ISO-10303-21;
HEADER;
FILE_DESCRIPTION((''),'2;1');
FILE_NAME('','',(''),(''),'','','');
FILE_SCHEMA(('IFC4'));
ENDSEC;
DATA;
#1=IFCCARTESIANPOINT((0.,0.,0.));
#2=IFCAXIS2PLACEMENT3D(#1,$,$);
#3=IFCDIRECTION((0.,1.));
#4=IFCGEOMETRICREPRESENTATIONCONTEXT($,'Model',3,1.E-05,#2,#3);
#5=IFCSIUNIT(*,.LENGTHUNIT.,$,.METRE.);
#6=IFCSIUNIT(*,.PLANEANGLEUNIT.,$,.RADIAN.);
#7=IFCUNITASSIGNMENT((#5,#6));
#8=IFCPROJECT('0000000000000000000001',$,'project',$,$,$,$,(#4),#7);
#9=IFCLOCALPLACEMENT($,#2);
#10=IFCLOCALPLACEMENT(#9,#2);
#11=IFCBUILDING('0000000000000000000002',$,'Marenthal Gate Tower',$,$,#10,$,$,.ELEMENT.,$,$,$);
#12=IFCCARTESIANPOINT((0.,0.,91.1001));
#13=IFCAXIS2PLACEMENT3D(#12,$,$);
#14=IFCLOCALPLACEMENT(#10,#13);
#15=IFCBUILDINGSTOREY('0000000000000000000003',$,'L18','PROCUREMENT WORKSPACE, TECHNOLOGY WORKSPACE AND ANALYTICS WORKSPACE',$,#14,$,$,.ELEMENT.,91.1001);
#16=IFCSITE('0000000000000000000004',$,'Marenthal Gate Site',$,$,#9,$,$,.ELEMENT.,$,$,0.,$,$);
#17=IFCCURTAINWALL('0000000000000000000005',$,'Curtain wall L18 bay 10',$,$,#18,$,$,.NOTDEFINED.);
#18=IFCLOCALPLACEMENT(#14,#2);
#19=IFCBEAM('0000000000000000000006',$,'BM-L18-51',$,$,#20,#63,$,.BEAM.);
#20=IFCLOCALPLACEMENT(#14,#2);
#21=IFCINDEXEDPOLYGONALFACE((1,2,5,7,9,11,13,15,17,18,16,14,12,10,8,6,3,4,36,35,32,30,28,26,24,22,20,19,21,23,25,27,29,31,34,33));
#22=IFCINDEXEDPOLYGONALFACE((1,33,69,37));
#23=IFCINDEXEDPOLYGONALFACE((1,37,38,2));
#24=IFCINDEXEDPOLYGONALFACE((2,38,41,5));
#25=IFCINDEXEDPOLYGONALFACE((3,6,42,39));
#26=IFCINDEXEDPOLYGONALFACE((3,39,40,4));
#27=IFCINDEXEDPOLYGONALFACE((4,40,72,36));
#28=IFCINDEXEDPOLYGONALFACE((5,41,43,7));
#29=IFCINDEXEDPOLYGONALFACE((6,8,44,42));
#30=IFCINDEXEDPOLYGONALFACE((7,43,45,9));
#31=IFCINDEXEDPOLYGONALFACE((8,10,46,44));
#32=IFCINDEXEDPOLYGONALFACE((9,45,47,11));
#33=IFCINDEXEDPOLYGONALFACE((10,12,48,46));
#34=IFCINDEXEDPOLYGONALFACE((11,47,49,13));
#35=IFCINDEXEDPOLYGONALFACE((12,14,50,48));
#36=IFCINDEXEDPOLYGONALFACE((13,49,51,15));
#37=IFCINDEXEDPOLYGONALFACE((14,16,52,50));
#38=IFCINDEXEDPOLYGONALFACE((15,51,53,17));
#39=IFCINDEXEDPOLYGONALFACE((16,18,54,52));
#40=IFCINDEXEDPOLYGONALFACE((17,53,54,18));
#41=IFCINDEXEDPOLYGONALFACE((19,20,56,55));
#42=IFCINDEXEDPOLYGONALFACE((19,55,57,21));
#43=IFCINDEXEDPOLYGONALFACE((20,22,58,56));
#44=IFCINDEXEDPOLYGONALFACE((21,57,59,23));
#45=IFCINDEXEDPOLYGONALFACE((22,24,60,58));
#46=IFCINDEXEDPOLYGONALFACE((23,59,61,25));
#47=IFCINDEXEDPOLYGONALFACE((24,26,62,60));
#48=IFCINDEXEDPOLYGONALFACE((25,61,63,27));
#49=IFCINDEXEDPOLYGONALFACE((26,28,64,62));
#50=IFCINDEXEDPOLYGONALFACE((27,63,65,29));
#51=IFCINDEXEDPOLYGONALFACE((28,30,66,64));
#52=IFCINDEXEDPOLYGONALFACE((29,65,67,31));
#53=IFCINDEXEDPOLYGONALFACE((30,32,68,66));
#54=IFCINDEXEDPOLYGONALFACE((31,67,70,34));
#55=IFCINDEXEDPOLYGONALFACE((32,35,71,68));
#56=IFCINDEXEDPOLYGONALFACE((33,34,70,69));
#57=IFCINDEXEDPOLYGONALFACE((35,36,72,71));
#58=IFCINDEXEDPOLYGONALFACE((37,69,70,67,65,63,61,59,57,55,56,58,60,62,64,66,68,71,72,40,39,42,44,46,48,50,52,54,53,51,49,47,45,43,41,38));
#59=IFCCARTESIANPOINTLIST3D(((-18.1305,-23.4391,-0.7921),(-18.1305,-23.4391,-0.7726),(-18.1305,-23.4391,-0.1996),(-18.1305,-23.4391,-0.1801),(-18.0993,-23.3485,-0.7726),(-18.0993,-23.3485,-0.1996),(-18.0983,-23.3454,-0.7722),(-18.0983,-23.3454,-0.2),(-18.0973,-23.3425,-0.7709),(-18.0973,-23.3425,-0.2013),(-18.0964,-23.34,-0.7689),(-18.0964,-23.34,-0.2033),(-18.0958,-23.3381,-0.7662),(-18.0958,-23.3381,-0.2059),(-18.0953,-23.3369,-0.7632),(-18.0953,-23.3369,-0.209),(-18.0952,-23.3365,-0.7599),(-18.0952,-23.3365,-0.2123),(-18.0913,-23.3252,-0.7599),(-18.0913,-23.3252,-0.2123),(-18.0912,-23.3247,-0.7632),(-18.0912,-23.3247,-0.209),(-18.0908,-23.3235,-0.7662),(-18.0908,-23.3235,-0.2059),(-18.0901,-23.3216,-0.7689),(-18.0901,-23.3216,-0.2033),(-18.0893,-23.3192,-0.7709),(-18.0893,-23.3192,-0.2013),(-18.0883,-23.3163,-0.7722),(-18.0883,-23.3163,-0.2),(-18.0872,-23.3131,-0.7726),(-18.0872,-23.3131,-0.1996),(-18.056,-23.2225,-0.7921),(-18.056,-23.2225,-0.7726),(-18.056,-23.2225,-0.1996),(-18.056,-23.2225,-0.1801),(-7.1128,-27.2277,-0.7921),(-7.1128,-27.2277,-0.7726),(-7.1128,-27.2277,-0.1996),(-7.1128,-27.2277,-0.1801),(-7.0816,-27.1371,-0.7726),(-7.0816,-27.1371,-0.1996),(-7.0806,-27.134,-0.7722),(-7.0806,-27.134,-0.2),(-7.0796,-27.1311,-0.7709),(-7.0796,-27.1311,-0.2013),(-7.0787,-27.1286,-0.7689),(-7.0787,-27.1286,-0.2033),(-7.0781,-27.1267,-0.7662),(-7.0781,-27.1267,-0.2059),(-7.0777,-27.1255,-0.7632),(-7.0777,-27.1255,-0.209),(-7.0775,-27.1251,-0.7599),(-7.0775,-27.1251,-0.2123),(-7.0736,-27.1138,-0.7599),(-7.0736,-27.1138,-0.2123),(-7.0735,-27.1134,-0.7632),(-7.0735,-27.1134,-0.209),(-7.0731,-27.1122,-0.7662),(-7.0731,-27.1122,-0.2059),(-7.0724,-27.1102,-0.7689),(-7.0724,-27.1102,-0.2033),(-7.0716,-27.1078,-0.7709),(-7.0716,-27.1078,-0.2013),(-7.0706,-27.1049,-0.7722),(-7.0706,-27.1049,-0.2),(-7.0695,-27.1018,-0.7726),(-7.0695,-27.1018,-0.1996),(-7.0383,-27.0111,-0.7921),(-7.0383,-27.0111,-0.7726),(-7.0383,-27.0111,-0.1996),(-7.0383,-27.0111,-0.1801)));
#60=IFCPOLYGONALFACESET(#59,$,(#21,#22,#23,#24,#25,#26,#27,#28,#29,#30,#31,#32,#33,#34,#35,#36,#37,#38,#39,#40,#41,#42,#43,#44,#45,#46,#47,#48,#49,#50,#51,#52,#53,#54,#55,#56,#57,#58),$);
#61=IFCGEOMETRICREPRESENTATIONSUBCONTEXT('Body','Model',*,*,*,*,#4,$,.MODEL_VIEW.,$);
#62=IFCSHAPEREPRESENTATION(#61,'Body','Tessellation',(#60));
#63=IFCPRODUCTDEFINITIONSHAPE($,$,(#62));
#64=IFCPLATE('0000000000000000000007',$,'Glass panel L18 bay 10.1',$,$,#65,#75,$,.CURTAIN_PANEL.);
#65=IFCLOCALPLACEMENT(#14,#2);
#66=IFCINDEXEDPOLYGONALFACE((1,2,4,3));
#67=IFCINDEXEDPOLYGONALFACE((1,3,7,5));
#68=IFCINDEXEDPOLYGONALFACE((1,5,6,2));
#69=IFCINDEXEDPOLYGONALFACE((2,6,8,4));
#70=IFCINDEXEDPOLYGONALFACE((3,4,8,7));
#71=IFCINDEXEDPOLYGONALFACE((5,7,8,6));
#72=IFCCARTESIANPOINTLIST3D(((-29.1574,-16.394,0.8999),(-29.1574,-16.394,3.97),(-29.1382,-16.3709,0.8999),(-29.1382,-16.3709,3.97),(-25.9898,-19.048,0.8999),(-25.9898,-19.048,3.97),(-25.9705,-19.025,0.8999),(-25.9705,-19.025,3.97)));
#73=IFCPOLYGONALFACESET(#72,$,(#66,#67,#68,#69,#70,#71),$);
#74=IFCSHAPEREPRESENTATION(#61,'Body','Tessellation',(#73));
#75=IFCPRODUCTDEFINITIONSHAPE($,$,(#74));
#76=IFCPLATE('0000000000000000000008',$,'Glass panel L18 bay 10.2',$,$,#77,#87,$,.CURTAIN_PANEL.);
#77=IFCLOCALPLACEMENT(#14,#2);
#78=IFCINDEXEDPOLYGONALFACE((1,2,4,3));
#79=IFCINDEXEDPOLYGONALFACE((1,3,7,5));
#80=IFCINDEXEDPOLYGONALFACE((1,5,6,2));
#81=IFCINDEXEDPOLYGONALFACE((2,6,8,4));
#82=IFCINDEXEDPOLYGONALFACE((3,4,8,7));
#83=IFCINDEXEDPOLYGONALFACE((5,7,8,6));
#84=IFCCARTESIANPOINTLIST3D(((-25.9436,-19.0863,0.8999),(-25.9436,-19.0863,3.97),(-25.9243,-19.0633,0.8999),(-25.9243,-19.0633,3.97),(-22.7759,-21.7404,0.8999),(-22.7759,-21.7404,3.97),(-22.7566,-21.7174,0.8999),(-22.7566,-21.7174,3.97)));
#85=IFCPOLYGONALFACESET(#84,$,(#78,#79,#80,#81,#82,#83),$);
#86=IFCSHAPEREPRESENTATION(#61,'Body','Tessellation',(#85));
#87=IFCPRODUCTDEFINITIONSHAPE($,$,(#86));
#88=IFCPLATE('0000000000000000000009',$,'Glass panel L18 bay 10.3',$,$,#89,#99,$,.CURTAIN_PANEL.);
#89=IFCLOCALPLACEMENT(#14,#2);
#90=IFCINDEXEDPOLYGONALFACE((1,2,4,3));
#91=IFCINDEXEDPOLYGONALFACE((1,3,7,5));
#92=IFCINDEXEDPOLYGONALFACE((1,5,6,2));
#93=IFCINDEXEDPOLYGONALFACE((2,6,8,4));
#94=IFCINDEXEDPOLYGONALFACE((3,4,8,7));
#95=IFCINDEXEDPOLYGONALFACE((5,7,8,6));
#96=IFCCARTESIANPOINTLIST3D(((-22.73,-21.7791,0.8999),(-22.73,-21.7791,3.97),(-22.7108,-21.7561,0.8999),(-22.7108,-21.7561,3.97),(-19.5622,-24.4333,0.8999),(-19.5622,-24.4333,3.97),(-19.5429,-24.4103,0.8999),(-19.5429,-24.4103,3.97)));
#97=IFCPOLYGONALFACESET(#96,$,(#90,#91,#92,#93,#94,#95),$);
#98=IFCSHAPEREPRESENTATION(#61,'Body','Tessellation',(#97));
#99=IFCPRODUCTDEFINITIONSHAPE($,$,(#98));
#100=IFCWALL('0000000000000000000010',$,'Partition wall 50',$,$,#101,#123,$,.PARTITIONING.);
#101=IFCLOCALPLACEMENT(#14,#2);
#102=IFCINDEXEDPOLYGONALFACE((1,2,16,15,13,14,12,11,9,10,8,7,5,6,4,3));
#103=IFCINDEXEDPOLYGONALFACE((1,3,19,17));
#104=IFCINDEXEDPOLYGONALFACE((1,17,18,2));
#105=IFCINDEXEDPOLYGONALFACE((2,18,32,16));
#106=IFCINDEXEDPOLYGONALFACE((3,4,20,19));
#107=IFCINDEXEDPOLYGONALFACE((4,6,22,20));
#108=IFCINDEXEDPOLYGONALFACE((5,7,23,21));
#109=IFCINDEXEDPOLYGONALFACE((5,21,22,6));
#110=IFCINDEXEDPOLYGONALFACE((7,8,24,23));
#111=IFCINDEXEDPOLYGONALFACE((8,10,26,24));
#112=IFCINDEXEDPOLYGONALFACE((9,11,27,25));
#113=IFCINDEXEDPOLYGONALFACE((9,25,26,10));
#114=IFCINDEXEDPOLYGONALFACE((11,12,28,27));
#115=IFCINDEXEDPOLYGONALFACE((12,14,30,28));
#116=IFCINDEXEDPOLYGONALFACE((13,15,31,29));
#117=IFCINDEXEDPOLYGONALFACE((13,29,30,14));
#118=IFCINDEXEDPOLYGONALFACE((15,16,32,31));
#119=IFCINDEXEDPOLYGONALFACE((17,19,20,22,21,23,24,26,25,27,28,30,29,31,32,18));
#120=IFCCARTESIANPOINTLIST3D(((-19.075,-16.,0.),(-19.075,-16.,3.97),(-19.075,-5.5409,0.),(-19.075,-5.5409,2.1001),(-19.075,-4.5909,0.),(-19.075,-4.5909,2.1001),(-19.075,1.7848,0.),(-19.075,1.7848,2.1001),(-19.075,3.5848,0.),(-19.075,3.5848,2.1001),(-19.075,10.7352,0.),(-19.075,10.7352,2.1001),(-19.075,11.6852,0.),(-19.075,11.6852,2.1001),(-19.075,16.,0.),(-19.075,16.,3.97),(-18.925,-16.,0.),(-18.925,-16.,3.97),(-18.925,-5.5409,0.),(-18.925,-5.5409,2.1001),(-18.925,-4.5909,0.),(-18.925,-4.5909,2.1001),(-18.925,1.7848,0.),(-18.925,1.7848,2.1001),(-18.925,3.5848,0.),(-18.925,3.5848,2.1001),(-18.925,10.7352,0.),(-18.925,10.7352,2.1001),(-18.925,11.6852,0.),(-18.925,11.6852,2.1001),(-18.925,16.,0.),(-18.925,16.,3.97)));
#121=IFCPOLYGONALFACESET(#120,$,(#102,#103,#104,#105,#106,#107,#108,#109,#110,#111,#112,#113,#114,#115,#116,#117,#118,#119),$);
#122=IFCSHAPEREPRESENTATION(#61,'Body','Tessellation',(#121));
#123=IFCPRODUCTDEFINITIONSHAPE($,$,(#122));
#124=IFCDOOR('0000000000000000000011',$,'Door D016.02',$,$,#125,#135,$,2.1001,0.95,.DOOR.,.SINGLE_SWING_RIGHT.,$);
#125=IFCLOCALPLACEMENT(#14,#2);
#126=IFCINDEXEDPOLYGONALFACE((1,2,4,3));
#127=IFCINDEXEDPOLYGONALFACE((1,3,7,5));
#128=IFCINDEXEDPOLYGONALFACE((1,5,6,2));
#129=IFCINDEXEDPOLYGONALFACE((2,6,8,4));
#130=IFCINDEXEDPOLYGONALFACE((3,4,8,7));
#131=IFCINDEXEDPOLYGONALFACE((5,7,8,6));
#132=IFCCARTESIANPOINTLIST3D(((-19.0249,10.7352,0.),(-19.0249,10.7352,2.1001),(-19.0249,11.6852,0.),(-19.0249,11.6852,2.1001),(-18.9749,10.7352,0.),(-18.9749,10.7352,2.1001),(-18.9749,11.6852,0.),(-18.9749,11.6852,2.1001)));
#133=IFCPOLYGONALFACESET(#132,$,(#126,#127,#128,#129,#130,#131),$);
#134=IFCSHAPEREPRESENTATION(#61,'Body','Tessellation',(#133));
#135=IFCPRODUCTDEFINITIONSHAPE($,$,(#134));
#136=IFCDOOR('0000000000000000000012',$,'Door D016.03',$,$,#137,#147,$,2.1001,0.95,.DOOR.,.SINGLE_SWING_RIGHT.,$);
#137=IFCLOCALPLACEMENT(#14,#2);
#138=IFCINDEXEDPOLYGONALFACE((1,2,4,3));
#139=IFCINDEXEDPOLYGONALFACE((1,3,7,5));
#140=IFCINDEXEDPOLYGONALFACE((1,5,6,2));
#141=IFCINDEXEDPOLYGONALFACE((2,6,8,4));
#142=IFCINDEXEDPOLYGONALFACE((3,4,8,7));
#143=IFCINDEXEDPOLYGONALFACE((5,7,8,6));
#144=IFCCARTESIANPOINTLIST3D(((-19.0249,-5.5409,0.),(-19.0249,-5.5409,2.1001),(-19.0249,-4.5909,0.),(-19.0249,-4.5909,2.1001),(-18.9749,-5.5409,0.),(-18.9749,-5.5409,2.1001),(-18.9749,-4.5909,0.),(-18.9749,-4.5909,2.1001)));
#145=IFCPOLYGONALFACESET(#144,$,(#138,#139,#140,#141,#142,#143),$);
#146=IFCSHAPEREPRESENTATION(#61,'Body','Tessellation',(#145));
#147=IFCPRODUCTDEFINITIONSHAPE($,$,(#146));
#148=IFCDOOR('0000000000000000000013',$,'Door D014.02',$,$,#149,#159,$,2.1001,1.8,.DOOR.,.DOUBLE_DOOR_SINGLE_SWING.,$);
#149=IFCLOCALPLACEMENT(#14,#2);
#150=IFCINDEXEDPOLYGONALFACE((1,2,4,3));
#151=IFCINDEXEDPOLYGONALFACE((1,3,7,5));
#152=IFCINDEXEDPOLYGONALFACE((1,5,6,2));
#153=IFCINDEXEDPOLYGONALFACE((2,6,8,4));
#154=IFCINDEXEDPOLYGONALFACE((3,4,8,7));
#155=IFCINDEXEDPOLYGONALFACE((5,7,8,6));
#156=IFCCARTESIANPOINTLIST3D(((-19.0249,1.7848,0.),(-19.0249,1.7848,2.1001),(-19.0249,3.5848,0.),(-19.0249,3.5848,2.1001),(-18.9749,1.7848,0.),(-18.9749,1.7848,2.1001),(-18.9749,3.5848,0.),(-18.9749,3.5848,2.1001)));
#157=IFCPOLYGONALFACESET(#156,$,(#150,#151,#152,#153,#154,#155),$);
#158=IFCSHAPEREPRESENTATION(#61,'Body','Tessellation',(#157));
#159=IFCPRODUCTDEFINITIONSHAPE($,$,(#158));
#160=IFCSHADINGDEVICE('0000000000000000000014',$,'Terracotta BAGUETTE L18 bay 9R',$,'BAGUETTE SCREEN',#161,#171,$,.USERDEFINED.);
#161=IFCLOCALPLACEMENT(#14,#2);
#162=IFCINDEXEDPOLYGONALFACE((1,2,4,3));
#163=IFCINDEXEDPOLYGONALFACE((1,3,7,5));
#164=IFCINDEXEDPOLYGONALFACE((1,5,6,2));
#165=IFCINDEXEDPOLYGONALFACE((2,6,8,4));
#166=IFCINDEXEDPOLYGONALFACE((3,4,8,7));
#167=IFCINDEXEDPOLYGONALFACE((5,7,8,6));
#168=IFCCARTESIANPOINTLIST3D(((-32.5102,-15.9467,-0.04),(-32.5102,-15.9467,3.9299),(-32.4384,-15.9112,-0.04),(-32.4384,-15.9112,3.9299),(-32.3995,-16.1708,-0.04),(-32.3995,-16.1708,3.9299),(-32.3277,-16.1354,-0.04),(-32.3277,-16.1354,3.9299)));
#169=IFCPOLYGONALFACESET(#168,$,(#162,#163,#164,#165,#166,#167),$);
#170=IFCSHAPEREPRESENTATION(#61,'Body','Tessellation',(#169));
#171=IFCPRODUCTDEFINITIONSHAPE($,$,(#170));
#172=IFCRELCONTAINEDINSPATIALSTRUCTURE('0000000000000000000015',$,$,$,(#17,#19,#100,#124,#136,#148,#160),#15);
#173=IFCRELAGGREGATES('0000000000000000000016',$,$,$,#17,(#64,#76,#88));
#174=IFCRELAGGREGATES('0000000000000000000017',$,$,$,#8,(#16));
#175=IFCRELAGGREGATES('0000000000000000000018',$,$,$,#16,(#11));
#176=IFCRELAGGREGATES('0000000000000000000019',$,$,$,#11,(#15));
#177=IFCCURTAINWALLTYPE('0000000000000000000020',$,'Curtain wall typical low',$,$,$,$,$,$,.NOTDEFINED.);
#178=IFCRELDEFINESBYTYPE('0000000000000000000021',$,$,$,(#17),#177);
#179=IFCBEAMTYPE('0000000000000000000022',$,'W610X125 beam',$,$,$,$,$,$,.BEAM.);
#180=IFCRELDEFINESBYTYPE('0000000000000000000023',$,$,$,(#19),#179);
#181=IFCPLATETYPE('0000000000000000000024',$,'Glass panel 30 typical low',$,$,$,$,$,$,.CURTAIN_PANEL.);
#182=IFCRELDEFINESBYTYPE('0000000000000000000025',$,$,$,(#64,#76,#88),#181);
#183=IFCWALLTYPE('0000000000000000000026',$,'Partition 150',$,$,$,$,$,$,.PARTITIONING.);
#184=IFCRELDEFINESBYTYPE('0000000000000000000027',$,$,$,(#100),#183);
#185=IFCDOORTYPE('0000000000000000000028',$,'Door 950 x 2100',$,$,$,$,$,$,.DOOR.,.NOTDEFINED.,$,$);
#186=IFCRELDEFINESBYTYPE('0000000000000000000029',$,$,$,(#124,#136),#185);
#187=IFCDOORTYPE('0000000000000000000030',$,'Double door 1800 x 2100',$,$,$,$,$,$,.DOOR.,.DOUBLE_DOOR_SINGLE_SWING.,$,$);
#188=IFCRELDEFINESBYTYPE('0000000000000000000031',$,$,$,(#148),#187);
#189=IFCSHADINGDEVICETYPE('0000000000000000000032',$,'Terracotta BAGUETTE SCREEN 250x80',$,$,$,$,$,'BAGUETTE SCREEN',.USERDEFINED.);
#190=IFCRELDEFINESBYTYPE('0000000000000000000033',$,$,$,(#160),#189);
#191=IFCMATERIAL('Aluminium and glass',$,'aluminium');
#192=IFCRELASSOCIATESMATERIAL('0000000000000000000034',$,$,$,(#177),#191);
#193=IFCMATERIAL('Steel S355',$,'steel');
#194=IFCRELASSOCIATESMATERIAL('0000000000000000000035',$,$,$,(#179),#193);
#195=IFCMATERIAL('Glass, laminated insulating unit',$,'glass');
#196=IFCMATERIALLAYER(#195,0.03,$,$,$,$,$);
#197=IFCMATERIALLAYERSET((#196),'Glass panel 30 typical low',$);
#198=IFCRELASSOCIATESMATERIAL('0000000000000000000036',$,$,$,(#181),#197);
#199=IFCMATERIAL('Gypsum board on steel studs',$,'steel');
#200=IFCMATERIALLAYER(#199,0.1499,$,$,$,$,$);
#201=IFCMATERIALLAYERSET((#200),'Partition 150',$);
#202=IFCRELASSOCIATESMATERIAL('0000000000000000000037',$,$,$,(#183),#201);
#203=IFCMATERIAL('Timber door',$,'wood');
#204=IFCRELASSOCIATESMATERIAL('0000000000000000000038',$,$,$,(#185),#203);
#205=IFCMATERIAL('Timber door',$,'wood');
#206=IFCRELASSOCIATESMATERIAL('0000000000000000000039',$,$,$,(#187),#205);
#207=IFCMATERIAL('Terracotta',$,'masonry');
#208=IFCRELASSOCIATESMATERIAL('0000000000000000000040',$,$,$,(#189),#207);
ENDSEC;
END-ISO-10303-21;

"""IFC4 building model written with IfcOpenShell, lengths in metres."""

from ifc_helpers import new_model, si_unit, direction, frame, frame_2d, origin, origin_2d, place, context, subcontext, project, spatial, rectangle, i_section, extrude, material, layer, layer_set, material_profile, profile_set, type_object, element, fill, aggregate, save


model = new_model("IFC4")

# Units and contexts
model_context = context("Model", 3, precision=1e-05, world=origin(), true_north=direction((0.0, 1.0)))
body_context = subcontext(model_context, "Body", "Model", "MODEL_VIEW")
ifc_project = project(units=[si_unit("LENGTHUNIT", "METRE"), si_unit("PLANEANGLEUNIT", "RADIAN")], contexts=[model_context])

# Site, building, storey
site_placement = place(None, origin())
site = spatial("IfcSite", under=ifc_project, at=site_placement, Name="Marenthal Gate Site", CompositionType="ELEMENT", RefElevation=0.0)
building_placement = place(site_placement, origin())
building = spatial("IfcBuilding", under=site, at=building_placement, Name="Marenthal Gate Tower", CompositionType="ELEMENT")
storey_placement = place(building_placement, frame((0.0, 0.0, 91.1001)))
storey = spatial("IfcBuildingStorey", under=building, at=storey_placement, Name="L18", Description="PROCUREMENT WORKSPACE, TECHNOLOGY WORKSPACE AND ANALYTICS WORKSPACE", CompositionType="ELEMENT", Elevation=91.1001)

# Curtain wall
ifc_material_1 = material(Name="Aluminium and glass", Category="aluminium")
curtain_wall_type = type_object("IfcCurtainWallType", Name="Curtain wall typical low", PredefinedType="NOTDEFINED", material=ifc_material_1)
curtain_wall_placement = place(storey_placement, origin())
curtain_wall = element("IfcCurtainWall", 1, at=curtain_wall_placement, inside=storey, type_object=curtain_wall_type, Name="Curtain wall L18 bay 10", PredefinedType="NOTDEFINED")

# Beam
ifc_material_2 = material(Name="Steel S355", Category="steel")
ifc_material_profile_1 = material_profile(ifc_material_2, i_section(OverallWidth=0.229, OverallDepth=0.6121, WebThickness=0.012, FlangeThickness=0.0195, FilletRadius=0.0127, at=origin_2d()), Name="W610X125")
ifc_profile_set_1 = profile_set([ifc_material_profile_1], Name="Steel S355")
beam_type_1 = type_object("IfcBeamType", Name="W610X125 beam", PredefinedType="BEAM", material=ifc_profile_set_1)
beam_1_placement = place(storey_placement, frame((-18.0933, -23.3308, -0.4861), z_axis=(0.945653, -0.325178, 0.0), x_axis=(0.325178, 0.945653, 0.0)))
element("IfcBeam", 2, at=beam_1_placement, inside=storey, type_object=beam_type_1, Name="BM-L18-51", PredefinedType="BEAM", context=body_context, shape_type="SweptSolid", body=[
    extrude(i_section(OverallWidth=0.229, OverallDepth=0.6121, WebThickness=0.012, FlangeThickness=0.0195, FilletRadius=0.0127, at=origin_2d()), origin(), (0.0, 0.0, 1.0), 11.6509),
])

# Plates
ifc_material_3 = material(Name="Glass, laminated insulating unit", Category="glass")
ifc_layer_1 = layer(ifc_material_3, 0.03)
ifc_layer_set_1 = layer_set([ifc_layer_1], Name="Glass panel 30 typical low")
plate_type = type_object("IfcPlateType", Name="Glass panel 30 typical low", PredefinedType="CURTAIN_PANEL", material=ifc_layer_set_1)
plate_1_placement = place(storey_placement, frame((-27.564, -17.7095, 0.8999), z_axis=(0.0, 0.0, 1.0), x_axis=(0.766513, -0.642228, 0.0)))
plate_1 = element("IfcPlate", 3, at=plate_1_placement, type_object=plate_type, Name="Glass panel L18 bay 10.1", PredefinedType="CURTAIN_PANEL", context=body_context, shape_type="SweptSolid", body=[
    extrude(rectangle(XDim=4.1326, YDim=0.03, at=origin_2d()), origin(), (0.0, 0.0, 1.0), 3.0701),
])
plate_2_placement = place(storey_placement, frame((-24.3501, -20.4019, 0.8999), z_axis=(0.0, 0.0, 1.0), x_axis=(0.766513, -0.642228, 0.0)))
plate_2 = element("IfcPlate", 4, at=plate_2_placement, type_object=plate_type, Name="Glass panel L18 bay 10.2", PredefinedType="CURTAIN_PANEL", context=body_context, shape_type="SweptSolid", body=[
    extrude(rectangle(XDim=4.1326, YDim=0.03, at=origin_2d()), origin(), (0.0, 0.0, 1.0), 3.0701),
])
plate_3_placement = place(storey_placement, frame((-21.1365, -23.0947, 0.8999), z_axis=(0.0, 0.0, 1.0), x_axis=(0.766513, -0.642228, 0.0)))
plate_3 = element("IfcPlate", 5, at=plate_3_placement, type_object=plate_type, Name="Glass panel L18 bay 10.3", PredefinedType="CURTAIN_PANEL", context=body_context, shape_type="SweptSolid", body=[
    extrude(rectangle(XDim=4.1328, YDim=0.03, at=origin_2d()), origin(), (0.0, 0.0, 1.0), 3.0701),
])
aggregate(curtain_wall, [plate_1, plate_2, plate_3])

# Wall, openings, doors
ifc_material_4 = material(Name="Gypsum board on steel studs", Category="steel")
ifc_layer_2 = layer(ifc_material_4, 0.1499)
ifc_layer_set_2 = layer_set([ifc_layer_2], Name="Partition 150")
wall_type_1 = type_object("IfcWallType", Name="Partition 150", PredefinedType="PARTITIONING", material=ifc_layer_set_2)
wall_1_placement = place(storey_placement, frame((-19.0, -16.0, 0.0), z_axis=(0.0, 0.0, 1.0), x_axis=(0.0, 1.0, 0.0)))
wall_1 = element("IfcWall", 6, at=wall_1_placement, inside=storey, type_object=wall_type_1, Name="Partition wall 50", PredefinedType="PARTITIONING", context=body_context, shape_type="SweptSolid", body=[
    extrude(rectangle(XDim=32.0, YDim=0.1499, at=frame_2d((16.0, 0.0))), origin(), (0.0, 0.0, 1.0), 3.97),
])
opening_1_placement = place(wall_1_placement, frame((26.7351, 0.0, 0.0)))
opening_1 = element("IfcOpeningElement", 7, at=opening_1_placement, cuts=wall_1, PredefinedType="OPENING", context=body_context, shape_type="SweptSolid", body=[
    extrude(rectangle(XDim=0.95, YDim=2.1001, at=frame_2d((0.4751, 1.05))), frame((0.0, 0.085, 0.0), z_axis=(0.0, -1.0, 0.0), x_axis=(1.0, 0.0, 0.0)), (0.0, 0.0, 1.0), 0.1699),
])
opening_2_placement = place(wall_1_placement, frame((17.7849, 0.0, 0.0)))
opening_2 = element("IfcOpeningElement", 8, at=opening_2_placement, cuts=wall_1, PredefinedType="OPENING", context=body_context, shape_type="SweptSolid", body=[
    extrude(rectangle(XDim=1.8, YDim=2.1001, at=frame_2d((0.8999, 1.05))), frame((0.0, 0.085, 0.0), z_axis=(0.0, -1.0, 0.0), x_axis=(1.0, 0.0, 0.0)), (0.0, 0.0, 1.0), 0.1699),
])
opening_3_placement = place(wall_1_placement, frame((10.459, 0.0, 0.0)))
opening_3 = element("IfcOpeningElement", 9, at=opening_3_placement, cuts=wall_1, PredefinedType="OPENING", context=body_context, shape_type="SweptSolid", body=[
    extrude(rectangle(XDim=0.95, YDim=2.1001, at=frame_2d((0.4751, 1.05))), frame((0.0, 0.085, 0.0), z_axis=(0.0, -1.0, 0.0), x_axis=(1.0, 0.0, 0.0)), (0.0, 0.0, 1.0), 0.1699),
])
ifc_material_5 = material(Name="Timber door", Category="wood")
door_type_1 = type_object("IfcDoorType", Name="Door 950 x 2100", OperationType="NOTDEFINED", PredefinedType="DOOR", material=ifc_material_5)
door_1_placement = place(opening_1_placement, origin())
door_1 = element("IfcDoor", 10, at=door_1_placement, inside=storey, type_object=door_type_1, Name="Door D016.02", OperationType="SINGLE_SWING_RIGHT", OverallHeight=2.1001, OverallWidth=0.95, PredefinedType="DOOR", context=body_context, shape_type="SweptSolid", body=[
    extrude(rectangle(XDim=0.95, YDim=2.1001, at=frame_2d((0.4751, 1.05))), frame((0.0, 0.0249, 0.0), z_axis=(0.0, -1.0, 0.0), x_axis=(1.0, 0.0, 0.0)), (0.0, 0.0, 1.0), 0.05),
])
fill(opening_1, door_1)
door_2_placement = place(opening_3_placement, origin())
door_2 = element("IfcDoor", 11, at=door_2_placement, inside=storey, type_object=door_type_1, Name="Door D016.03", OperationType="SINGLE_SWING_RIGHT", OverallHeight=2.1001, OverallWidth=0.95, PredefinedType="DOOR", context=body_context, shape_type="SweptSolid", body=[
    extrude(rectangle(XDim=0.95, YDim=2.1001, at=frame_2d((0.4751, 1.05))), frame((0.0, 0.0249, 0.0), z_axis=(0.0, -1.0, 0.0), x_axis=(1.0, 0.0, 0.0)), (0.0, 0.0, 1.0), 0.05),
])
fill(opening_3, door_2)
ifc_material_6 = material(Name="Timber door", Category="wood")
door_type_2 = type_object("IfcDoorType", Name="Double door 1800 x 2100", OperationType="DOUBLE_DOOR_SINGLE_SWING", PredefinedType="DOOR", material=ifc_material_6)
door_3_placement = place(opening_2_placement, origin())
door_3 = element("IfcDoor", 12, at=door_3_placement, inside=storey, type_object=door_type_2, Name="Door D014.02", OperationType="DOUBLE_DOOR_SINGLE_SWING", OverallHeight=2.1001, OverallWidth=1.8, PredefinedType="DOOR", context=body_context, shape_type="SweptSolid", body=[
    extrude(rectangle(XDim=1.8, YDim=2.1001, at=frame_2d((0.8999, 1.05))), frame((0.0, 0.0249, 0.0), z_axis=(0.0, -1.0, 0.0), x_axis=(1.0, 0.0, 0.0)), (0.0, 0.0, 1.0), 0.05),
])
fill(opening_2, door_3)

# Shading device
ifc_material_7 = material(Name="Terracotta", Category="masonry")
ifc_material_profile_2 = material_profile(ifc_material_7, rectangle(XDim=0.25, YDim=0.0801, at=origin_2d()), Name="Terracotta baguette 250x80")
ifc_profile_set_2 = profile_set([ifc_material_profile_2], Name="Terracotta")
shading_device_type = type_object("IfcShadingDeviceType", Name="Terracotta BAGUETTE SCREEN 250x80", ElementType="BAGUETTE SCREEN", PredefinedType="USERDEFINED", material=ifc_profile_set_2)
shading_device_placement = place(storey_placement, frame((-32.4189, -16.041, -0.04), z_axis=(0.0, 0.0, 1.0), x_axis=(0.44286, -0.896591, 0.0)))
element("IfcShadingDevice", 13, at=shading_device_placement, inside=storey, type_object=shading_device_type, Name="Terracotta BAGUETTE L18 bay 9R", ObjectType="BAGUETTE SCREEN", PredefinedType="USERDEFINED", context=body_context, shape_type="SweptSolid", body=[
    extrude(rectangle(XDim=0.25, YDim=0.0801, at=origin_2d()), origin(), (0.0, 0.0, 1.0), 3.97),
])

save(model, "model.ifc")
